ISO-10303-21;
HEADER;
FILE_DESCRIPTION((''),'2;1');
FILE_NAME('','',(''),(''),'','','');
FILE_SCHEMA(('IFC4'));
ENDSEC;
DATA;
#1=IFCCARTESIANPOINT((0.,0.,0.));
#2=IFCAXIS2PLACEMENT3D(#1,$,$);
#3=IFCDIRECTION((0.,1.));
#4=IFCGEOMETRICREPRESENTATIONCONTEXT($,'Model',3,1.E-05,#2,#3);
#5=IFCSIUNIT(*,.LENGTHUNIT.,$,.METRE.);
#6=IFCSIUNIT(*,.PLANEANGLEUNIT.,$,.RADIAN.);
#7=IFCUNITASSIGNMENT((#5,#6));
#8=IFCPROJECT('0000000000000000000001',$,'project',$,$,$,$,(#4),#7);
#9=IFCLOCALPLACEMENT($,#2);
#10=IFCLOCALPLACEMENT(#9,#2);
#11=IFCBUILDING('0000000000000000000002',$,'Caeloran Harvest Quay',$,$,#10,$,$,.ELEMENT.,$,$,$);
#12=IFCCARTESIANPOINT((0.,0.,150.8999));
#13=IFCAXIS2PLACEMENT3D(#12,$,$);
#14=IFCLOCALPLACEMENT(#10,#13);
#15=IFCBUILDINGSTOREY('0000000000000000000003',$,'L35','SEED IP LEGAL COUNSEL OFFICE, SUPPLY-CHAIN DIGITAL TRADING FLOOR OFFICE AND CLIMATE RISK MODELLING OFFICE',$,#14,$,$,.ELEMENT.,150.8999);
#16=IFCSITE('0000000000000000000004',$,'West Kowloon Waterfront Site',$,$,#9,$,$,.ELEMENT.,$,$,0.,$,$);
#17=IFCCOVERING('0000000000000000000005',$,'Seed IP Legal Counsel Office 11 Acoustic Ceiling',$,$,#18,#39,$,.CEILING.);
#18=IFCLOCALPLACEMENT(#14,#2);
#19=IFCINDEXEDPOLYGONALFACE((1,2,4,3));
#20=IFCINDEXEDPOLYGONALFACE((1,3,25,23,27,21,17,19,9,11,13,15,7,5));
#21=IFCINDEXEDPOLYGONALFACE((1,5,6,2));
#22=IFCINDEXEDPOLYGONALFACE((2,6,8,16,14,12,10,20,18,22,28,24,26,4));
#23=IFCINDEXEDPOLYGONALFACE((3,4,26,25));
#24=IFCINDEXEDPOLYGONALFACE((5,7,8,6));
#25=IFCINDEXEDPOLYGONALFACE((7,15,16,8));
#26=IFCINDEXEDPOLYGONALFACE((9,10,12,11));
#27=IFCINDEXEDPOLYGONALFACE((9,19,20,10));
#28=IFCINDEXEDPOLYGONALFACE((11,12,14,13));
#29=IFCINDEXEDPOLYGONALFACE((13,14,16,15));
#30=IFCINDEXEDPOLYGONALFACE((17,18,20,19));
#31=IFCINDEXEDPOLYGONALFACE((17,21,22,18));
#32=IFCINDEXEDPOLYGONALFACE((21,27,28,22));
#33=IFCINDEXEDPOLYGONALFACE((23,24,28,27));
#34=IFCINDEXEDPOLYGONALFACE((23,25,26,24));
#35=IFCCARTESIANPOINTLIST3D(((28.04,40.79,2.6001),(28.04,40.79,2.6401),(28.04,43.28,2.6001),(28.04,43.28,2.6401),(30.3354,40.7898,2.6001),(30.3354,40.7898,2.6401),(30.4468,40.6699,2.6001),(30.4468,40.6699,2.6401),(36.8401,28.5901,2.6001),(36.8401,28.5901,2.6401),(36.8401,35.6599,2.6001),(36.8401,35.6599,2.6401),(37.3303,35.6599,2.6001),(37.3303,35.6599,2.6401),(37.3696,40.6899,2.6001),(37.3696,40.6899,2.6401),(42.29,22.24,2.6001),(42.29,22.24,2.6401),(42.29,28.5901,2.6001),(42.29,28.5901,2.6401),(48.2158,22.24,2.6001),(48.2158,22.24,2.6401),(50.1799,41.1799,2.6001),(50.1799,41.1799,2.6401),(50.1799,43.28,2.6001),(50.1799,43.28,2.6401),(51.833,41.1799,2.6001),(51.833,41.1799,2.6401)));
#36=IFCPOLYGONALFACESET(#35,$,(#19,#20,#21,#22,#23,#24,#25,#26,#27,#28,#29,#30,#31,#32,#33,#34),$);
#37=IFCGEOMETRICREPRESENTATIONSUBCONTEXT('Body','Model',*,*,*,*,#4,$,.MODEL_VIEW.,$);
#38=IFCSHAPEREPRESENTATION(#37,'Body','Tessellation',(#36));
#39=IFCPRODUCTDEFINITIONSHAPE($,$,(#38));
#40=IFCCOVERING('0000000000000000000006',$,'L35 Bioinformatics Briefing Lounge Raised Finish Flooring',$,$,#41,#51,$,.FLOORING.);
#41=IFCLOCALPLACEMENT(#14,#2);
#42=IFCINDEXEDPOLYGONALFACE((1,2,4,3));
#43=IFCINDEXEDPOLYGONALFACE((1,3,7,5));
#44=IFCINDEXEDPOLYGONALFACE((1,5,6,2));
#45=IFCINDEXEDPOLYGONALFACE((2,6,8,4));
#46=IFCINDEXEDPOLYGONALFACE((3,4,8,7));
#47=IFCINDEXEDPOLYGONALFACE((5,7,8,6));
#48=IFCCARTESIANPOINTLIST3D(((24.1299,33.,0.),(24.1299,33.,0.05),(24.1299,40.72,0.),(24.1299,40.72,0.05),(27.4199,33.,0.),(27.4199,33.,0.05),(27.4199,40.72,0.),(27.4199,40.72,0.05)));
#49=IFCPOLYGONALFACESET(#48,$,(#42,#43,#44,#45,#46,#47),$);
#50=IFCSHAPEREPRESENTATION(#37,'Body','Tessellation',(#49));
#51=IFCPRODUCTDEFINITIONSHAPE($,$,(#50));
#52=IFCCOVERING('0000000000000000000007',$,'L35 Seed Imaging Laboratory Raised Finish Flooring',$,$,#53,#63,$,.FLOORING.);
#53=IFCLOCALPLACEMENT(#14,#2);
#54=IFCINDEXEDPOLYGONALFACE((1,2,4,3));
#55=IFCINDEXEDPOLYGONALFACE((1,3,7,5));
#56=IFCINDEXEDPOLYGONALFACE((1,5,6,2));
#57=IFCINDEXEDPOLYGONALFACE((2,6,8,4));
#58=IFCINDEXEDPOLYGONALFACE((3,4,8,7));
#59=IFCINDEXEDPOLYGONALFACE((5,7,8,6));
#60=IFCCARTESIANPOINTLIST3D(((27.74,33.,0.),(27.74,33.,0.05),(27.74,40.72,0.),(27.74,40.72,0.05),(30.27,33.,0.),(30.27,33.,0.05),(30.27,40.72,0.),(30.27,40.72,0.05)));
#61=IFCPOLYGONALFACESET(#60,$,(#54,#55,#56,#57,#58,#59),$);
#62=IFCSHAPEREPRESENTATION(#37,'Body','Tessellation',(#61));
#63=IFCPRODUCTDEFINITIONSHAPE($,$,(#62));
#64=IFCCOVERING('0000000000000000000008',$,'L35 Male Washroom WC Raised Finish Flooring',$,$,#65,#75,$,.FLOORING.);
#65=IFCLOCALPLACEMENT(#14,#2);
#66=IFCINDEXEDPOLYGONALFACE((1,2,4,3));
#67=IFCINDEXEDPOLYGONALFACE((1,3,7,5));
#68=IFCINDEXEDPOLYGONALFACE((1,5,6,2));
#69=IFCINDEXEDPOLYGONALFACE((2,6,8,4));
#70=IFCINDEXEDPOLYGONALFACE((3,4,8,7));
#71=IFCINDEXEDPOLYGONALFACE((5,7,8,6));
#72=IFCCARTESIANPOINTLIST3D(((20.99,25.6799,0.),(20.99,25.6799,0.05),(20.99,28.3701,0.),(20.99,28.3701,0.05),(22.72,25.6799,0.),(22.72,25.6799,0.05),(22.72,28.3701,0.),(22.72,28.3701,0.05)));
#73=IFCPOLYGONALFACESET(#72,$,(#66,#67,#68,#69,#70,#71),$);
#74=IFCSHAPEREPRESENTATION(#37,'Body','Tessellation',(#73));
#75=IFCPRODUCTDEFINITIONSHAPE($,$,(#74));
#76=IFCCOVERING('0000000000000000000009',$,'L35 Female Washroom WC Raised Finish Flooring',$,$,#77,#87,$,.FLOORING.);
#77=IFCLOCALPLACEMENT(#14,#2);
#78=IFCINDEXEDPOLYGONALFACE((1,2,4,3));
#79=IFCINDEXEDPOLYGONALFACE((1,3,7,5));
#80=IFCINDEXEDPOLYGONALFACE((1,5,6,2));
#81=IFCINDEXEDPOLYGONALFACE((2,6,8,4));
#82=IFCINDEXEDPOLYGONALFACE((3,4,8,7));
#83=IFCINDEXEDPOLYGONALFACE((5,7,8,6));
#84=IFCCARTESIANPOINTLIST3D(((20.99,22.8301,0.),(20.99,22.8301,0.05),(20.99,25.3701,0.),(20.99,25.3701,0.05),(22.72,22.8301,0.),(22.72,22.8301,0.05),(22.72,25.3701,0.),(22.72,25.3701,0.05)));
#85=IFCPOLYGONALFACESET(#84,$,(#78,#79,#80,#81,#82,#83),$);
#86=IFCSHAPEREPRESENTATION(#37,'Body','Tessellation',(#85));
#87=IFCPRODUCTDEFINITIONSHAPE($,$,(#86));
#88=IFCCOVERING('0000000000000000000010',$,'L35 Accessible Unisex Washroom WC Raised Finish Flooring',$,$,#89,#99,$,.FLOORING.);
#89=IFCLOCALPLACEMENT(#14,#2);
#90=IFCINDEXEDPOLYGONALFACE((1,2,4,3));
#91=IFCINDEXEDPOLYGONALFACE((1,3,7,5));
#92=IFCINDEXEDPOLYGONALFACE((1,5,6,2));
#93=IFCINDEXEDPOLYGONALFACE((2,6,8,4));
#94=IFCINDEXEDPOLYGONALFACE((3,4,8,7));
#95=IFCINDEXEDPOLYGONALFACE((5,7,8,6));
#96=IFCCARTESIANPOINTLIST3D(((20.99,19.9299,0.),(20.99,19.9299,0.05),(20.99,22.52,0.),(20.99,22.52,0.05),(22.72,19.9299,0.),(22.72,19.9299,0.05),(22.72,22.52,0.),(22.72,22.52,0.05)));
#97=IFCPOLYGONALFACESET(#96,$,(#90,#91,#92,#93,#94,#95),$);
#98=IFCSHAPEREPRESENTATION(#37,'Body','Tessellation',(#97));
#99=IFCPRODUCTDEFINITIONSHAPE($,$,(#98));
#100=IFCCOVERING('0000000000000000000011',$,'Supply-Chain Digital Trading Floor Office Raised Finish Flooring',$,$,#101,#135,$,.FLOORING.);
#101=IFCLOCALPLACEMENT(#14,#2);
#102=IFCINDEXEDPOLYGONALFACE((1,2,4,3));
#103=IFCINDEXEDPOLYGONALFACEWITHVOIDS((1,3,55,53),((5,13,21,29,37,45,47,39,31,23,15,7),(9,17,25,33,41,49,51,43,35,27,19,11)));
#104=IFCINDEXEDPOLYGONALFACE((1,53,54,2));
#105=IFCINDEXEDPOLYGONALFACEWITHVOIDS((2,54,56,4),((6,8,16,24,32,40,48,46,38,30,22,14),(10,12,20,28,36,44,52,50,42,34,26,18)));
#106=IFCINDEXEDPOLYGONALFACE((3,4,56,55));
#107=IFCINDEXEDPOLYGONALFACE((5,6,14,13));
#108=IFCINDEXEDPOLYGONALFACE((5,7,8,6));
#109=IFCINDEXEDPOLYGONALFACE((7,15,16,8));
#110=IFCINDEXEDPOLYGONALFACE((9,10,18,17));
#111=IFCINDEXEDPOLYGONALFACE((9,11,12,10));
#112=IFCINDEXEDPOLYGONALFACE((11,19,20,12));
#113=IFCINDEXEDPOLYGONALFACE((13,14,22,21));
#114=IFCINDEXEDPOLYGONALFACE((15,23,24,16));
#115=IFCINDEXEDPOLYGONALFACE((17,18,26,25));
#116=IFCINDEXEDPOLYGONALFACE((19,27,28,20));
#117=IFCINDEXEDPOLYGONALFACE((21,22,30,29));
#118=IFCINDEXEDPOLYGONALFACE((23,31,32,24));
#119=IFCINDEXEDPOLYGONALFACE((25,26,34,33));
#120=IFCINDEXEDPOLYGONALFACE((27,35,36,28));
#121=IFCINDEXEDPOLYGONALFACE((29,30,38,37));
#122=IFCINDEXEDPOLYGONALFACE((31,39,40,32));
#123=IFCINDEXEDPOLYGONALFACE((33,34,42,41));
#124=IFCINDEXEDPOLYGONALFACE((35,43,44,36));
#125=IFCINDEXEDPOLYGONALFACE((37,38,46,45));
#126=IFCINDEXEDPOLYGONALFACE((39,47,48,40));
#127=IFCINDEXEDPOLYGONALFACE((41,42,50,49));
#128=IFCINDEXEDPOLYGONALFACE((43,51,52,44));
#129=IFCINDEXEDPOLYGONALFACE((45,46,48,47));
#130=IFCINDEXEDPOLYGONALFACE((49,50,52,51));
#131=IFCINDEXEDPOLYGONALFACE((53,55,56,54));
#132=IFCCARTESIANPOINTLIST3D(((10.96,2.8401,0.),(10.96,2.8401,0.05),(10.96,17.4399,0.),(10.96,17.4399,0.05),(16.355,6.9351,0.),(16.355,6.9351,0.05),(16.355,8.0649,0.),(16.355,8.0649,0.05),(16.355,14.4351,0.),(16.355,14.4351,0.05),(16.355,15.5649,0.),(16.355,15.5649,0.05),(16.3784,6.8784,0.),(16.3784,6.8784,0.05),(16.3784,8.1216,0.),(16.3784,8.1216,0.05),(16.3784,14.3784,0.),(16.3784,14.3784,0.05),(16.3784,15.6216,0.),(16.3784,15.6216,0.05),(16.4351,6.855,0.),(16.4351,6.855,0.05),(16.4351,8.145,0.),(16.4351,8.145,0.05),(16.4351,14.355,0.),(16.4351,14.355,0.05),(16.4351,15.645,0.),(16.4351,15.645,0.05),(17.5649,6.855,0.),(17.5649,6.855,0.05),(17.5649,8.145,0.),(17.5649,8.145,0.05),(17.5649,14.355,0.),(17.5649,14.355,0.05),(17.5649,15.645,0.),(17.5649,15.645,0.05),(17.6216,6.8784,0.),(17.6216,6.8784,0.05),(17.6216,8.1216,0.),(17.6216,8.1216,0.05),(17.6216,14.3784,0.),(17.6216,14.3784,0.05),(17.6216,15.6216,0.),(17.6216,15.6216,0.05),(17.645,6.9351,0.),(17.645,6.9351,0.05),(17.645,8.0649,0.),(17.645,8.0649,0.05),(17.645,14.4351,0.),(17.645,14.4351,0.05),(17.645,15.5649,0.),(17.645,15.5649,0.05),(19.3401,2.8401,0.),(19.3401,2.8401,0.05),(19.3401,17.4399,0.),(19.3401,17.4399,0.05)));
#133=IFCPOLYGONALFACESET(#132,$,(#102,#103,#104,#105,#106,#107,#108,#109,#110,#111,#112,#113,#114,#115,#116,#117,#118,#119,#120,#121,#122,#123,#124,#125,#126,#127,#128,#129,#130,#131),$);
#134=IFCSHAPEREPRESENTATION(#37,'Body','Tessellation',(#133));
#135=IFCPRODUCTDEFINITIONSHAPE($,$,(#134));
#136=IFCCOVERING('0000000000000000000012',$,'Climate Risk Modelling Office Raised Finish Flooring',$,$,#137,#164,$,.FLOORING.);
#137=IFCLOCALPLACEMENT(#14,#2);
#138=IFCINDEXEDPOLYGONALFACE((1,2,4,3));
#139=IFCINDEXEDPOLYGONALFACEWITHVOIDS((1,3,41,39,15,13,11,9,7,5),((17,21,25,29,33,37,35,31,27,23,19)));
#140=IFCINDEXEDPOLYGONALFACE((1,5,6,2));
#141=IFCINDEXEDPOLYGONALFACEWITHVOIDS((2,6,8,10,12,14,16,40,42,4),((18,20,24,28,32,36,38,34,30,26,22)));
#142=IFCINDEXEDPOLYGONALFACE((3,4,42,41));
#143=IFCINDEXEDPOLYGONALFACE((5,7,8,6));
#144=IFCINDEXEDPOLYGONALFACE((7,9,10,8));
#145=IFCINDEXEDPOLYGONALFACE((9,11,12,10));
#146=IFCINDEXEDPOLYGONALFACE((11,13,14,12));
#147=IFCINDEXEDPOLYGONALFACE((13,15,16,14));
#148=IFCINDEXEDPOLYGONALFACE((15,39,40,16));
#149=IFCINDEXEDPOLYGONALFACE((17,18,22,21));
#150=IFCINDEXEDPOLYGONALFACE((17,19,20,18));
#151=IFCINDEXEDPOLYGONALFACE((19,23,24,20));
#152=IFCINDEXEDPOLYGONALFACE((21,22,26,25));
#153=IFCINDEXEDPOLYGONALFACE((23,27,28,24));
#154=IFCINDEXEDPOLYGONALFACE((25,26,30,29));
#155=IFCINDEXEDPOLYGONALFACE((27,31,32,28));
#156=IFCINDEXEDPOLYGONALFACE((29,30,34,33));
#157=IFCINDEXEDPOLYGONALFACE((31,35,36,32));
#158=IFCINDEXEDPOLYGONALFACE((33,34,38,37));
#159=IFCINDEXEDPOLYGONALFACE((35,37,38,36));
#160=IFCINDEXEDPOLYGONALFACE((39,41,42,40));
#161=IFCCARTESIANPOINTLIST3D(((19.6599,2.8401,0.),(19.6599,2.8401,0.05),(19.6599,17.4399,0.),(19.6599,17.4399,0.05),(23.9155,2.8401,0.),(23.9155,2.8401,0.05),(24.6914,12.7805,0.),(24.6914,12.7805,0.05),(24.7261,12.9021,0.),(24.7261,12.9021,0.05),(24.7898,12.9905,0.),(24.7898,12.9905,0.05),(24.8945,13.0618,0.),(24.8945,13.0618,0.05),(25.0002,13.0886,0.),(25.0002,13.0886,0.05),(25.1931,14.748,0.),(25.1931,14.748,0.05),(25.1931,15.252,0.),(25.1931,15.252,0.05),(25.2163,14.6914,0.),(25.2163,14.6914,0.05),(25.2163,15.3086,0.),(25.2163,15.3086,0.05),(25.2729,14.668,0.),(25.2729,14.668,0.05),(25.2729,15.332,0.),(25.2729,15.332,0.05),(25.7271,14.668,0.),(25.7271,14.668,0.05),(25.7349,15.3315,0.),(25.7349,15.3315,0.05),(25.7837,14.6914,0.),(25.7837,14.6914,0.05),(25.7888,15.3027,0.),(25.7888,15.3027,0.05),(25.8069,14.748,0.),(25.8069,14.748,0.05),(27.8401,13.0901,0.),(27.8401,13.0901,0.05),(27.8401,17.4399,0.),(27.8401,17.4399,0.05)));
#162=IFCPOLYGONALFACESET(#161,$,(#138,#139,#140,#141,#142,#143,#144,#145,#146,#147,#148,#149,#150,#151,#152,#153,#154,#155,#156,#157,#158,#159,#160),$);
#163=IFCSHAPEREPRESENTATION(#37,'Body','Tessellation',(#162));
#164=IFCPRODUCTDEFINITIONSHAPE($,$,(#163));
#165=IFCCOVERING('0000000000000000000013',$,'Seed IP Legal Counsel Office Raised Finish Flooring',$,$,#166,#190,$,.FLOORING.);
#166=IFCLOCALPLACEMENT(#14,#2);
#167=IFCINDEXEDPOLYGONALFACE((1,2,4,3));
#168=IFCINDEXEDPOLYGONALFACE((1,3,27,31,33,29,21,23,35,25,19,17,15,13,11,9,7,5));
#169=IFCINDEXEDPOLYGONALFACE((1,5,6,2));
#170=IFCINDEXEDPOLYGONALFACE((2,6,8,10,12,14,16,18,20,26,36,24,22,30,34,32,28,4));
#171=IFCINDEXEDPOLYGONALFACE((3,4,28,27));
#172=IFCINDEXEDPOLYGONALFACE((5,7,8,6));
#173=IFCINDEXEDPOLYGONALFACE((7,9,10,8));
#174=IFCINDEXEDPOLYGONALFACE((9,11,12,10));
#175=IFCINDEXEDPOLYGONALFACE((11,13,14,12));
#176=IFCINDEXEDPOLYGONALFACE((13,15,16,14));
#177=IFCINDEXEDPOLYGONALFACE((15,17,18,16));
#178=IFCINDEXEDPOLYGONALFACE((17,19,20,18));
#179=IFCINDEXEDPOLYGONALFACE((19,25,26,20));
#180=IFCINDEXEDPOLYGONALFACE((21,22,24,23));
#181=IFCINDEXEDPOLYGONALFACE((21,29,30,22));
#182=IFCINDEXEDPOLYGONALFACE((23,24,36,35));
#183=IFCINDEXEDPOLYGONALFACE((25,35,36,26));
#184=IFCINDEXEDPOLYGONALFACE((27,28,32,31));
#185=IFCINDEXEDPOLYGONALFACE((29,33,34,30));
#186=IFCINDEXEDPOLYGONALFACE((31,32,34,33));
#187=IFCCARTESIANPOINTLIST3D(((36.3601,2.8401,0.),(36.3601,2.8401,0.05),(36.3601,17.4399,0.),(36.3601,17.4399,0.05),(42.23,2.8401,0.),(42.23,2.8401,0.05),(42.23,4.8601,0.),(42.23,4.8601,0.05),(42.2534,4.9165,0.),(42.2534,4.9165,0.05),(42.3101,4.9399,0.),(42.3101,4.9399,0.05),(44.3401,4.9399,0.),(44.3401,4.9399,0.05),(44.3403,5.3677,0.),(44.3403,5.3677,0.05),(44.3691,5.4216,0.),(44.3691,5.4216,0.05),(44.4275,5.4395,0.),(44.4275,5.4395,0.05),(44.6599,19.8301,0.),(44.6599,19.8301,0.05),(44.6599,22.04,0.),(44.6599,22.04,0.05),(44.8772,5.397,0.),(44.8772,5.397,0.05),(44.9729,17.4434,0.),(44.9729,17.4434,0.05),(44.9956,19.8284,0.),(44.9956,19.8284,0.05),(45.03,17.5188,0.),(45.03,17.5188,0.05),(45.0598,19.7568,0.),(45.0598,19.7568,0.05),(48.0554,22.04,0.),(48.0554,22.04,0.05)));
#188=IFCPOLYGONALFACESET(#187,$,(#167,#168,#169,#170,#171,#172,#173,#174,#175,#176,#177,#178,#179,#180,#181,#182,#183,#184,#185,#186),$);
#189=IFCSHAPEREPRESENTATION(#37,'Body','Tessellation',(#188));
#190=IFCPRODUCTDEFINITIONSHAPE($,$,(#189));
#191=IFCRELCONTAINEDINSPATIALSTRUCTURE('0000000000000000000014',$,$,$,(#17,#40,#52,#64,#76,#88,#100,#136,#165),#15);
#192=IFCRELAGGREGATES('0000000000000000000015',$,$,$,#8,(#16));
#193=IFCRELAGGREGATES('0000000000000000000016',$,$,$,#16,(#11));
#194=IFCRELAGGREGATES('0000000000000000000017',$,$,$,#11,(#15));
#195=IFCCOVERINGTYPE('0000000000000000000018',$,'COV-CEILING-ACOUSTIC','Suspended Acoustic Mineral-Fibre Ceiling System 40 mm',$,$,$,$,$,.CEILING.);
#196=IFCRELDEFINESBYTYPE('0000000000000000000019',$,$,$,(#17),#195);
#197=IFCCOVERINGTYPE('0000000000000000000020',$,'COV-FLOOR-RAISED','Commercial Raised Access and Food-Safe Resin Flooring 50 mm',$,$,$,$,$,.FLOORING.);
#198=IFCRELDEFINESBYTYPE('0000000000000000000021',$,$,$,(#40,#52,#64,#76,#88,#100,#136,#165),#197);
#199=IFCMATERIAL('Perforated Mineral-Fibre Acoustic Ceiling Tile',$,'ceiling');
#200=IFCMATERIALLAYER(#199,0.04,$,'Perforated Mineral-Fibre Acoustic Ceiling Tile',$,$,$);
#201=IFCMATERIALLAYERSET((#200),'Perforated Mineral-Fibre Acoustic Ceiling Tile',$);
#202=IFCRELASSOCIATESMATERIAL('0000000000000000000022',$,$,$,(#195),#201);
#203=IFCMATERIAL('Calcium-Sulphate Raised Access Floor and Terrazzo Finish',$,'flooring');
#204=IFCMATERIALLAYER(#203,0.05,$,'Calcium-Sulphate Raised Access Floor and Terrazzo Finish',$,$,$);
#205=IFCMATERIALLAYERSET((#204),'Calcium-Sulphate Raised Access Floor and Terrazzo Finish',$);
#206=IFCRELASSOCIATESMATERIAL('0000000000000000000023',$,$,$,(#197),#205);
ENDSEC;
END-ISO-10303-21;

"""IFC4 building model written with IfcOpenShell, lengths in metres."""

from ifc_helpers import new_model, si_unit, direction, frame, origin, place, context, subcontext, project, spatial, polyline, outline, extrude, material, layer, layer_set, type_object, element, save


model = new_model("IFC4")

# Units and contexts
model_context = context("Model", 3, precision=1e-05, world=origin(), true_north=direction((0.0, 1.0)))
body_context = subcontext(model_context, "Body", "Model", "MODEL_VIEW")
ifc_project = project(units=[si_unit("LENGTHUNIT", "METRE"), si_unit("PLANEANGLEUNIT", "RADIAN")], contexts=[model_context])

# Site, building, storey
site_placement = place(None, origin())
site = spatial("IfcSite", under=ifc_project, at=site_placement, Name="West Kowloon Waterfront Site", CompositionType="ELEMENT", RefElevation=0.0)
building_placement = place(site_placement, origin())
building = spatial("IfcBuilding", under=site, at=building_placement, Name="Caeloran Harvest Quay", CompositionType="ELEMENT")
storey_placement = place(building_placement, frame((0.0, 0.0, 150.8999)))
storey = spatial("IfcBuildingStorey", under=building, at=storey_placement, Name="L35", Description="SEED IP LEGAL COUNSEL OFFICE, SUPPLY-CHAIN DIGITAL TRADING FLOOR OFFICE AND CLIMATE RISK MODELLING OFFICE", CompositionType="ELEMENT", Elevation=150.8999)

# Coverings
ifc_material_1 = material(Name="Perforated Mineral-Fibre Acoustic Ceiling Tile", Category="ceiling")
ifc_layer_1 = layer(ifc_material_1, 0.04, Name="Perforated Mineral-Fibre Acoustic Ceiling Tile")
ifc_layer_set_1 = layer_set([ifc_layer_1], Name="Perforated Mineral-Fibre Acoustic Ceiling Tile")
covering_type_1 = type_object("IfcCoveringType", Name="COV-CEILING-ACOUSTIC", Description="Suspended Acoustic Mineral-Fibre Ceiling System 40 mm", PredefinedType="CEILING", material=ifc_layer_set_1)
covering_1_placement = place(storey_placement, frame((0.0, 0.0, 2.6001)))
element("IfcCovering", 1, at=covering_1_placement, inside=storey, type_object=covering_type_1, Name="Seed IP Legal Counsel Office 11 Acoustic Ceiling", PredefinedType="CEILING", context=body_context, shape_type="SweptSolid", body=[
    extrude(outline(polyline([(48.2158, 22.24), (42.29, 22.24), (42.29, 28.5901), (36.8401, 28.5901), (36.8401, 35.6599), (37.3303, 35.6599), (37.3696, 40.6899), (30.4468, 40.6699), (30.3354, 40.7898), (28.04, 40.79), (28.04, 43.28), (50.1799, 43.28), (50.1799, 41.1799), (51.833, 41.1799), (48.2158, 22.24)])), origin(), (0.0, 0.0, 1.0), 0.04),
])
ifc_material_2 = material(Name="Calcium-Sulphate Raised Access Floor and Terrazzo Finish", Category="flooring")
ifc_layer_2 = layer(ifc_material_2, 0.05, Name="Calcium-Sulphate Raised Access Floor and Terrazzo Finish")
ifc_layer_set_2 = layer_set([ifc_layer_2], Name="Calcium-Sulphate Raised Access Floor and Terrazzo Finish")
covering_type_2 = type_object("IfcCoveringType", Name="COV-FLOOR-RAISED", Description="Commercial Raised Access and Food-Safe Resin Flooring 50 mm", PredefinedType="FLOORING", material=ifc_layer_set_2)
covering_2_placement = place(storey_placement, origin())
element("IfcCovering", 2, at=covering_2_placement, inside=storey, type_object=covering_type_2, Name="L35 Bioinformatics Briefing Lounge Raised Finish Flooring", PredefinedType="FLOORING", context=body_context, shape_type="SweptSolid", body=[
    extrude(outline(polyline([(27.4199, 40.72), (27.4199, 33.0), (24.1299, 33.0), (24.1299, 40.72), (27.4199, 40.72)])), origin(), (0.0, 0.0, 1.0), 0.05),
])
covering_3_placement = place(storey_placement, origin())
element("IfcCovering", 3, at=covering_3_placement, inside=storey, type_object=covering_type_2, Name="L35 Seed Imaging Laboratory Raised Finish Flooring", PredefinedType="FLOORING", context=body_context, shape_type="SweptSolid", body=[
    extrude(outline(polyline([(30.27, 40.72), (30.27, 33.0), (27.74, 33.0), (27.74, 40.72), (30.27, 40.72)])), origin(), (0.0, 0.0, 1.0), 0.05),
])
covering_4_placement = place(storey_placement, origin())
element("IfcCovering", 4, at=covering_4_placement, inside=storey, type_object=covering_type_2, Name="L35 Male Washroom WC Raised Finish Flooring", PredefinedType="FLOORING", context=body_context, shape_type="SweptSolid", body=[
    extrude(outline(polyline([(22.72, 25.6799), (20.99, 25.6799), (20.99, 28.3701), (22.72, 28.3701), (22.72, 25.6799)])), origin(), (0.0, 0.0, 1.0), 0.05),
])
covering_5_placement = place(storey_placement, origin())
element("IfcCovering", 5, at=covering_5_placement, inside=storey, type_object=covering_type_2, Name="L35 Female Washroom WC Raised Finish Flooring", PredefinedType="FLOORING", context=body_context, shape_type="SweptSolid", body=[
    extrude(outline(polyline([(22.72, 22.8301), (20.99, 22.8301), (20.99, 25.3701), (22.72, 25.3701), (22.72, 22.8301)])), origin(), (0.0, 0.0, 1.0), 0.05),
])
covering_6_placement = place(storey_placement, origin())
element("IfcCovering", 6, at=covering_6_placement, inside=storey, type_object=covering_type_2, Name="L35 Accessible Unisex Washroom WC Raised Finish Flooring", PredefinedType="FLOORING", context=body_context, shape_type="SweptSolid", body=[
    extrude(outline(polyline([(22.72, 19.9299), (20.99, 19.9299), (20.99, 22.52), (22.72, 22.52), (22.72, 19.9299)])), origin(), (0.0, 0.0, 1.0), 0.05),
])
covering_7_placement = place(storey_placement, origin())
element("IfcCovering", 7, at=covering_7_placement, inside=storey, type_object=covering_type_2, Name="Supply-Chain Digital Trading Floor Office Raised Finish Flooring", PredefinedType="FLOORING", context=body_context, shape_type="SweptSolid", body=[
    extrude(outline(polyline([(10.96, 17.4399), (19.3401, 17.4399), (19.3401, 2.8401), (10.96, 2.8401), (10.96, 17.4399)]), holes=[polyline([(16.4351, 8.145), (16.3784, 8.1216), (16.355, 8.0649), (16.355, 6.9351), (16.3784, 6.8784), (16.4351, 6.855), (17.5649, 6.855), (17.6216, 6.8784), (17.645, 6.9351), (17.645, 8.0649), (17.6216, 8.1216), (17.5649, 8.145), (16.4351, 8.145)]), polyline([(16.4351, 15.645), (16.3784, 15.6216), (16.355, 15.5649), (16.355, 14.4351), (16.3784, 14.3784), (16.4351, 14.355), (17.5649, 14.355), (17.6216, 14.3784), (17.645, 14.4351), (17.645, 15.5649), (17.6216, 15.6216), (17.5649, 15.645), (16.4351, 15.645)])]), origin(), (0.0, 0.0, 1.0), 0.05),
])
covering_8_placement = place(storey_placement, origin())
element("IfcCovering", 8, at=covering_8_placement, inside=storey, type_object=covering_type_2, Name="Climate Risk Modelling Office Raised Finish Flooring", PredefinedType="FLOORING", context=body_context, shape_type="SweptSolid", body=[
    extrude(outline(polyline([(25.0002, 13.0886), (24.8945, 13.0618), (24.7898, 12.9905), (24.7261, 12.9021), (24.6914, 12.7805), (23.9155, 2.8401), (19.6599, 2.8401), (19.6599, 17.4399), (27.8401, 17.4399), (27.8401, 13.0901), (25.0002, 13.0886)]), holes=[polyline([(25.8069, 14.748), (25.7888, 15.3027), (25.7349, 15.3315), (25.2729, 15.332), (25.2163, 15.3086), (25.1931, 15.252), (25.1931, 14.748), (25.2163, 14.6914), (25.2729, 14.668), (25.7271, 14.668), (25.7837, 14.6914), (25.8069, 14.748)])]), origin(), (0.0, 0.0, 1.0), 0.05),
])
covering_9_placement = place(storey_placement, origin())
element("IfcCovering", 9, at=covering_9_placement, inside=storey, type_object=covering_type_2, Name="Seed IP Legal Counsel Office Raised Finish Flooring", PredefinedType="FLOORING", context=body_context, shape_type="SweptSolid", body=[
    extrude(outline(polyline([(44.6599, 19.8301), (44.6599, 22.04), (48.0554, 22.04), (44.8772, 5.397), (44.4275, 5.4395), (44.3691, 5.4216), (44.3403, 5.3677), (44.3401, 4.9399), (42.3101, 4.9399), (42.2534, 4.9165), (42.23, 4.8601), (42.23, 2.8401), (36.3601, 2.8401), (36.3601, 17.4399), (44.9729, 17.4434), (45.03, 17.5188), (45.0598, 19.7568), (44.9956, 19.8284), (44.6599, 19.8301)])), origin(), (0.0, 0.0, 1.0), 0.05),
])

save(model, "model.ifc")
